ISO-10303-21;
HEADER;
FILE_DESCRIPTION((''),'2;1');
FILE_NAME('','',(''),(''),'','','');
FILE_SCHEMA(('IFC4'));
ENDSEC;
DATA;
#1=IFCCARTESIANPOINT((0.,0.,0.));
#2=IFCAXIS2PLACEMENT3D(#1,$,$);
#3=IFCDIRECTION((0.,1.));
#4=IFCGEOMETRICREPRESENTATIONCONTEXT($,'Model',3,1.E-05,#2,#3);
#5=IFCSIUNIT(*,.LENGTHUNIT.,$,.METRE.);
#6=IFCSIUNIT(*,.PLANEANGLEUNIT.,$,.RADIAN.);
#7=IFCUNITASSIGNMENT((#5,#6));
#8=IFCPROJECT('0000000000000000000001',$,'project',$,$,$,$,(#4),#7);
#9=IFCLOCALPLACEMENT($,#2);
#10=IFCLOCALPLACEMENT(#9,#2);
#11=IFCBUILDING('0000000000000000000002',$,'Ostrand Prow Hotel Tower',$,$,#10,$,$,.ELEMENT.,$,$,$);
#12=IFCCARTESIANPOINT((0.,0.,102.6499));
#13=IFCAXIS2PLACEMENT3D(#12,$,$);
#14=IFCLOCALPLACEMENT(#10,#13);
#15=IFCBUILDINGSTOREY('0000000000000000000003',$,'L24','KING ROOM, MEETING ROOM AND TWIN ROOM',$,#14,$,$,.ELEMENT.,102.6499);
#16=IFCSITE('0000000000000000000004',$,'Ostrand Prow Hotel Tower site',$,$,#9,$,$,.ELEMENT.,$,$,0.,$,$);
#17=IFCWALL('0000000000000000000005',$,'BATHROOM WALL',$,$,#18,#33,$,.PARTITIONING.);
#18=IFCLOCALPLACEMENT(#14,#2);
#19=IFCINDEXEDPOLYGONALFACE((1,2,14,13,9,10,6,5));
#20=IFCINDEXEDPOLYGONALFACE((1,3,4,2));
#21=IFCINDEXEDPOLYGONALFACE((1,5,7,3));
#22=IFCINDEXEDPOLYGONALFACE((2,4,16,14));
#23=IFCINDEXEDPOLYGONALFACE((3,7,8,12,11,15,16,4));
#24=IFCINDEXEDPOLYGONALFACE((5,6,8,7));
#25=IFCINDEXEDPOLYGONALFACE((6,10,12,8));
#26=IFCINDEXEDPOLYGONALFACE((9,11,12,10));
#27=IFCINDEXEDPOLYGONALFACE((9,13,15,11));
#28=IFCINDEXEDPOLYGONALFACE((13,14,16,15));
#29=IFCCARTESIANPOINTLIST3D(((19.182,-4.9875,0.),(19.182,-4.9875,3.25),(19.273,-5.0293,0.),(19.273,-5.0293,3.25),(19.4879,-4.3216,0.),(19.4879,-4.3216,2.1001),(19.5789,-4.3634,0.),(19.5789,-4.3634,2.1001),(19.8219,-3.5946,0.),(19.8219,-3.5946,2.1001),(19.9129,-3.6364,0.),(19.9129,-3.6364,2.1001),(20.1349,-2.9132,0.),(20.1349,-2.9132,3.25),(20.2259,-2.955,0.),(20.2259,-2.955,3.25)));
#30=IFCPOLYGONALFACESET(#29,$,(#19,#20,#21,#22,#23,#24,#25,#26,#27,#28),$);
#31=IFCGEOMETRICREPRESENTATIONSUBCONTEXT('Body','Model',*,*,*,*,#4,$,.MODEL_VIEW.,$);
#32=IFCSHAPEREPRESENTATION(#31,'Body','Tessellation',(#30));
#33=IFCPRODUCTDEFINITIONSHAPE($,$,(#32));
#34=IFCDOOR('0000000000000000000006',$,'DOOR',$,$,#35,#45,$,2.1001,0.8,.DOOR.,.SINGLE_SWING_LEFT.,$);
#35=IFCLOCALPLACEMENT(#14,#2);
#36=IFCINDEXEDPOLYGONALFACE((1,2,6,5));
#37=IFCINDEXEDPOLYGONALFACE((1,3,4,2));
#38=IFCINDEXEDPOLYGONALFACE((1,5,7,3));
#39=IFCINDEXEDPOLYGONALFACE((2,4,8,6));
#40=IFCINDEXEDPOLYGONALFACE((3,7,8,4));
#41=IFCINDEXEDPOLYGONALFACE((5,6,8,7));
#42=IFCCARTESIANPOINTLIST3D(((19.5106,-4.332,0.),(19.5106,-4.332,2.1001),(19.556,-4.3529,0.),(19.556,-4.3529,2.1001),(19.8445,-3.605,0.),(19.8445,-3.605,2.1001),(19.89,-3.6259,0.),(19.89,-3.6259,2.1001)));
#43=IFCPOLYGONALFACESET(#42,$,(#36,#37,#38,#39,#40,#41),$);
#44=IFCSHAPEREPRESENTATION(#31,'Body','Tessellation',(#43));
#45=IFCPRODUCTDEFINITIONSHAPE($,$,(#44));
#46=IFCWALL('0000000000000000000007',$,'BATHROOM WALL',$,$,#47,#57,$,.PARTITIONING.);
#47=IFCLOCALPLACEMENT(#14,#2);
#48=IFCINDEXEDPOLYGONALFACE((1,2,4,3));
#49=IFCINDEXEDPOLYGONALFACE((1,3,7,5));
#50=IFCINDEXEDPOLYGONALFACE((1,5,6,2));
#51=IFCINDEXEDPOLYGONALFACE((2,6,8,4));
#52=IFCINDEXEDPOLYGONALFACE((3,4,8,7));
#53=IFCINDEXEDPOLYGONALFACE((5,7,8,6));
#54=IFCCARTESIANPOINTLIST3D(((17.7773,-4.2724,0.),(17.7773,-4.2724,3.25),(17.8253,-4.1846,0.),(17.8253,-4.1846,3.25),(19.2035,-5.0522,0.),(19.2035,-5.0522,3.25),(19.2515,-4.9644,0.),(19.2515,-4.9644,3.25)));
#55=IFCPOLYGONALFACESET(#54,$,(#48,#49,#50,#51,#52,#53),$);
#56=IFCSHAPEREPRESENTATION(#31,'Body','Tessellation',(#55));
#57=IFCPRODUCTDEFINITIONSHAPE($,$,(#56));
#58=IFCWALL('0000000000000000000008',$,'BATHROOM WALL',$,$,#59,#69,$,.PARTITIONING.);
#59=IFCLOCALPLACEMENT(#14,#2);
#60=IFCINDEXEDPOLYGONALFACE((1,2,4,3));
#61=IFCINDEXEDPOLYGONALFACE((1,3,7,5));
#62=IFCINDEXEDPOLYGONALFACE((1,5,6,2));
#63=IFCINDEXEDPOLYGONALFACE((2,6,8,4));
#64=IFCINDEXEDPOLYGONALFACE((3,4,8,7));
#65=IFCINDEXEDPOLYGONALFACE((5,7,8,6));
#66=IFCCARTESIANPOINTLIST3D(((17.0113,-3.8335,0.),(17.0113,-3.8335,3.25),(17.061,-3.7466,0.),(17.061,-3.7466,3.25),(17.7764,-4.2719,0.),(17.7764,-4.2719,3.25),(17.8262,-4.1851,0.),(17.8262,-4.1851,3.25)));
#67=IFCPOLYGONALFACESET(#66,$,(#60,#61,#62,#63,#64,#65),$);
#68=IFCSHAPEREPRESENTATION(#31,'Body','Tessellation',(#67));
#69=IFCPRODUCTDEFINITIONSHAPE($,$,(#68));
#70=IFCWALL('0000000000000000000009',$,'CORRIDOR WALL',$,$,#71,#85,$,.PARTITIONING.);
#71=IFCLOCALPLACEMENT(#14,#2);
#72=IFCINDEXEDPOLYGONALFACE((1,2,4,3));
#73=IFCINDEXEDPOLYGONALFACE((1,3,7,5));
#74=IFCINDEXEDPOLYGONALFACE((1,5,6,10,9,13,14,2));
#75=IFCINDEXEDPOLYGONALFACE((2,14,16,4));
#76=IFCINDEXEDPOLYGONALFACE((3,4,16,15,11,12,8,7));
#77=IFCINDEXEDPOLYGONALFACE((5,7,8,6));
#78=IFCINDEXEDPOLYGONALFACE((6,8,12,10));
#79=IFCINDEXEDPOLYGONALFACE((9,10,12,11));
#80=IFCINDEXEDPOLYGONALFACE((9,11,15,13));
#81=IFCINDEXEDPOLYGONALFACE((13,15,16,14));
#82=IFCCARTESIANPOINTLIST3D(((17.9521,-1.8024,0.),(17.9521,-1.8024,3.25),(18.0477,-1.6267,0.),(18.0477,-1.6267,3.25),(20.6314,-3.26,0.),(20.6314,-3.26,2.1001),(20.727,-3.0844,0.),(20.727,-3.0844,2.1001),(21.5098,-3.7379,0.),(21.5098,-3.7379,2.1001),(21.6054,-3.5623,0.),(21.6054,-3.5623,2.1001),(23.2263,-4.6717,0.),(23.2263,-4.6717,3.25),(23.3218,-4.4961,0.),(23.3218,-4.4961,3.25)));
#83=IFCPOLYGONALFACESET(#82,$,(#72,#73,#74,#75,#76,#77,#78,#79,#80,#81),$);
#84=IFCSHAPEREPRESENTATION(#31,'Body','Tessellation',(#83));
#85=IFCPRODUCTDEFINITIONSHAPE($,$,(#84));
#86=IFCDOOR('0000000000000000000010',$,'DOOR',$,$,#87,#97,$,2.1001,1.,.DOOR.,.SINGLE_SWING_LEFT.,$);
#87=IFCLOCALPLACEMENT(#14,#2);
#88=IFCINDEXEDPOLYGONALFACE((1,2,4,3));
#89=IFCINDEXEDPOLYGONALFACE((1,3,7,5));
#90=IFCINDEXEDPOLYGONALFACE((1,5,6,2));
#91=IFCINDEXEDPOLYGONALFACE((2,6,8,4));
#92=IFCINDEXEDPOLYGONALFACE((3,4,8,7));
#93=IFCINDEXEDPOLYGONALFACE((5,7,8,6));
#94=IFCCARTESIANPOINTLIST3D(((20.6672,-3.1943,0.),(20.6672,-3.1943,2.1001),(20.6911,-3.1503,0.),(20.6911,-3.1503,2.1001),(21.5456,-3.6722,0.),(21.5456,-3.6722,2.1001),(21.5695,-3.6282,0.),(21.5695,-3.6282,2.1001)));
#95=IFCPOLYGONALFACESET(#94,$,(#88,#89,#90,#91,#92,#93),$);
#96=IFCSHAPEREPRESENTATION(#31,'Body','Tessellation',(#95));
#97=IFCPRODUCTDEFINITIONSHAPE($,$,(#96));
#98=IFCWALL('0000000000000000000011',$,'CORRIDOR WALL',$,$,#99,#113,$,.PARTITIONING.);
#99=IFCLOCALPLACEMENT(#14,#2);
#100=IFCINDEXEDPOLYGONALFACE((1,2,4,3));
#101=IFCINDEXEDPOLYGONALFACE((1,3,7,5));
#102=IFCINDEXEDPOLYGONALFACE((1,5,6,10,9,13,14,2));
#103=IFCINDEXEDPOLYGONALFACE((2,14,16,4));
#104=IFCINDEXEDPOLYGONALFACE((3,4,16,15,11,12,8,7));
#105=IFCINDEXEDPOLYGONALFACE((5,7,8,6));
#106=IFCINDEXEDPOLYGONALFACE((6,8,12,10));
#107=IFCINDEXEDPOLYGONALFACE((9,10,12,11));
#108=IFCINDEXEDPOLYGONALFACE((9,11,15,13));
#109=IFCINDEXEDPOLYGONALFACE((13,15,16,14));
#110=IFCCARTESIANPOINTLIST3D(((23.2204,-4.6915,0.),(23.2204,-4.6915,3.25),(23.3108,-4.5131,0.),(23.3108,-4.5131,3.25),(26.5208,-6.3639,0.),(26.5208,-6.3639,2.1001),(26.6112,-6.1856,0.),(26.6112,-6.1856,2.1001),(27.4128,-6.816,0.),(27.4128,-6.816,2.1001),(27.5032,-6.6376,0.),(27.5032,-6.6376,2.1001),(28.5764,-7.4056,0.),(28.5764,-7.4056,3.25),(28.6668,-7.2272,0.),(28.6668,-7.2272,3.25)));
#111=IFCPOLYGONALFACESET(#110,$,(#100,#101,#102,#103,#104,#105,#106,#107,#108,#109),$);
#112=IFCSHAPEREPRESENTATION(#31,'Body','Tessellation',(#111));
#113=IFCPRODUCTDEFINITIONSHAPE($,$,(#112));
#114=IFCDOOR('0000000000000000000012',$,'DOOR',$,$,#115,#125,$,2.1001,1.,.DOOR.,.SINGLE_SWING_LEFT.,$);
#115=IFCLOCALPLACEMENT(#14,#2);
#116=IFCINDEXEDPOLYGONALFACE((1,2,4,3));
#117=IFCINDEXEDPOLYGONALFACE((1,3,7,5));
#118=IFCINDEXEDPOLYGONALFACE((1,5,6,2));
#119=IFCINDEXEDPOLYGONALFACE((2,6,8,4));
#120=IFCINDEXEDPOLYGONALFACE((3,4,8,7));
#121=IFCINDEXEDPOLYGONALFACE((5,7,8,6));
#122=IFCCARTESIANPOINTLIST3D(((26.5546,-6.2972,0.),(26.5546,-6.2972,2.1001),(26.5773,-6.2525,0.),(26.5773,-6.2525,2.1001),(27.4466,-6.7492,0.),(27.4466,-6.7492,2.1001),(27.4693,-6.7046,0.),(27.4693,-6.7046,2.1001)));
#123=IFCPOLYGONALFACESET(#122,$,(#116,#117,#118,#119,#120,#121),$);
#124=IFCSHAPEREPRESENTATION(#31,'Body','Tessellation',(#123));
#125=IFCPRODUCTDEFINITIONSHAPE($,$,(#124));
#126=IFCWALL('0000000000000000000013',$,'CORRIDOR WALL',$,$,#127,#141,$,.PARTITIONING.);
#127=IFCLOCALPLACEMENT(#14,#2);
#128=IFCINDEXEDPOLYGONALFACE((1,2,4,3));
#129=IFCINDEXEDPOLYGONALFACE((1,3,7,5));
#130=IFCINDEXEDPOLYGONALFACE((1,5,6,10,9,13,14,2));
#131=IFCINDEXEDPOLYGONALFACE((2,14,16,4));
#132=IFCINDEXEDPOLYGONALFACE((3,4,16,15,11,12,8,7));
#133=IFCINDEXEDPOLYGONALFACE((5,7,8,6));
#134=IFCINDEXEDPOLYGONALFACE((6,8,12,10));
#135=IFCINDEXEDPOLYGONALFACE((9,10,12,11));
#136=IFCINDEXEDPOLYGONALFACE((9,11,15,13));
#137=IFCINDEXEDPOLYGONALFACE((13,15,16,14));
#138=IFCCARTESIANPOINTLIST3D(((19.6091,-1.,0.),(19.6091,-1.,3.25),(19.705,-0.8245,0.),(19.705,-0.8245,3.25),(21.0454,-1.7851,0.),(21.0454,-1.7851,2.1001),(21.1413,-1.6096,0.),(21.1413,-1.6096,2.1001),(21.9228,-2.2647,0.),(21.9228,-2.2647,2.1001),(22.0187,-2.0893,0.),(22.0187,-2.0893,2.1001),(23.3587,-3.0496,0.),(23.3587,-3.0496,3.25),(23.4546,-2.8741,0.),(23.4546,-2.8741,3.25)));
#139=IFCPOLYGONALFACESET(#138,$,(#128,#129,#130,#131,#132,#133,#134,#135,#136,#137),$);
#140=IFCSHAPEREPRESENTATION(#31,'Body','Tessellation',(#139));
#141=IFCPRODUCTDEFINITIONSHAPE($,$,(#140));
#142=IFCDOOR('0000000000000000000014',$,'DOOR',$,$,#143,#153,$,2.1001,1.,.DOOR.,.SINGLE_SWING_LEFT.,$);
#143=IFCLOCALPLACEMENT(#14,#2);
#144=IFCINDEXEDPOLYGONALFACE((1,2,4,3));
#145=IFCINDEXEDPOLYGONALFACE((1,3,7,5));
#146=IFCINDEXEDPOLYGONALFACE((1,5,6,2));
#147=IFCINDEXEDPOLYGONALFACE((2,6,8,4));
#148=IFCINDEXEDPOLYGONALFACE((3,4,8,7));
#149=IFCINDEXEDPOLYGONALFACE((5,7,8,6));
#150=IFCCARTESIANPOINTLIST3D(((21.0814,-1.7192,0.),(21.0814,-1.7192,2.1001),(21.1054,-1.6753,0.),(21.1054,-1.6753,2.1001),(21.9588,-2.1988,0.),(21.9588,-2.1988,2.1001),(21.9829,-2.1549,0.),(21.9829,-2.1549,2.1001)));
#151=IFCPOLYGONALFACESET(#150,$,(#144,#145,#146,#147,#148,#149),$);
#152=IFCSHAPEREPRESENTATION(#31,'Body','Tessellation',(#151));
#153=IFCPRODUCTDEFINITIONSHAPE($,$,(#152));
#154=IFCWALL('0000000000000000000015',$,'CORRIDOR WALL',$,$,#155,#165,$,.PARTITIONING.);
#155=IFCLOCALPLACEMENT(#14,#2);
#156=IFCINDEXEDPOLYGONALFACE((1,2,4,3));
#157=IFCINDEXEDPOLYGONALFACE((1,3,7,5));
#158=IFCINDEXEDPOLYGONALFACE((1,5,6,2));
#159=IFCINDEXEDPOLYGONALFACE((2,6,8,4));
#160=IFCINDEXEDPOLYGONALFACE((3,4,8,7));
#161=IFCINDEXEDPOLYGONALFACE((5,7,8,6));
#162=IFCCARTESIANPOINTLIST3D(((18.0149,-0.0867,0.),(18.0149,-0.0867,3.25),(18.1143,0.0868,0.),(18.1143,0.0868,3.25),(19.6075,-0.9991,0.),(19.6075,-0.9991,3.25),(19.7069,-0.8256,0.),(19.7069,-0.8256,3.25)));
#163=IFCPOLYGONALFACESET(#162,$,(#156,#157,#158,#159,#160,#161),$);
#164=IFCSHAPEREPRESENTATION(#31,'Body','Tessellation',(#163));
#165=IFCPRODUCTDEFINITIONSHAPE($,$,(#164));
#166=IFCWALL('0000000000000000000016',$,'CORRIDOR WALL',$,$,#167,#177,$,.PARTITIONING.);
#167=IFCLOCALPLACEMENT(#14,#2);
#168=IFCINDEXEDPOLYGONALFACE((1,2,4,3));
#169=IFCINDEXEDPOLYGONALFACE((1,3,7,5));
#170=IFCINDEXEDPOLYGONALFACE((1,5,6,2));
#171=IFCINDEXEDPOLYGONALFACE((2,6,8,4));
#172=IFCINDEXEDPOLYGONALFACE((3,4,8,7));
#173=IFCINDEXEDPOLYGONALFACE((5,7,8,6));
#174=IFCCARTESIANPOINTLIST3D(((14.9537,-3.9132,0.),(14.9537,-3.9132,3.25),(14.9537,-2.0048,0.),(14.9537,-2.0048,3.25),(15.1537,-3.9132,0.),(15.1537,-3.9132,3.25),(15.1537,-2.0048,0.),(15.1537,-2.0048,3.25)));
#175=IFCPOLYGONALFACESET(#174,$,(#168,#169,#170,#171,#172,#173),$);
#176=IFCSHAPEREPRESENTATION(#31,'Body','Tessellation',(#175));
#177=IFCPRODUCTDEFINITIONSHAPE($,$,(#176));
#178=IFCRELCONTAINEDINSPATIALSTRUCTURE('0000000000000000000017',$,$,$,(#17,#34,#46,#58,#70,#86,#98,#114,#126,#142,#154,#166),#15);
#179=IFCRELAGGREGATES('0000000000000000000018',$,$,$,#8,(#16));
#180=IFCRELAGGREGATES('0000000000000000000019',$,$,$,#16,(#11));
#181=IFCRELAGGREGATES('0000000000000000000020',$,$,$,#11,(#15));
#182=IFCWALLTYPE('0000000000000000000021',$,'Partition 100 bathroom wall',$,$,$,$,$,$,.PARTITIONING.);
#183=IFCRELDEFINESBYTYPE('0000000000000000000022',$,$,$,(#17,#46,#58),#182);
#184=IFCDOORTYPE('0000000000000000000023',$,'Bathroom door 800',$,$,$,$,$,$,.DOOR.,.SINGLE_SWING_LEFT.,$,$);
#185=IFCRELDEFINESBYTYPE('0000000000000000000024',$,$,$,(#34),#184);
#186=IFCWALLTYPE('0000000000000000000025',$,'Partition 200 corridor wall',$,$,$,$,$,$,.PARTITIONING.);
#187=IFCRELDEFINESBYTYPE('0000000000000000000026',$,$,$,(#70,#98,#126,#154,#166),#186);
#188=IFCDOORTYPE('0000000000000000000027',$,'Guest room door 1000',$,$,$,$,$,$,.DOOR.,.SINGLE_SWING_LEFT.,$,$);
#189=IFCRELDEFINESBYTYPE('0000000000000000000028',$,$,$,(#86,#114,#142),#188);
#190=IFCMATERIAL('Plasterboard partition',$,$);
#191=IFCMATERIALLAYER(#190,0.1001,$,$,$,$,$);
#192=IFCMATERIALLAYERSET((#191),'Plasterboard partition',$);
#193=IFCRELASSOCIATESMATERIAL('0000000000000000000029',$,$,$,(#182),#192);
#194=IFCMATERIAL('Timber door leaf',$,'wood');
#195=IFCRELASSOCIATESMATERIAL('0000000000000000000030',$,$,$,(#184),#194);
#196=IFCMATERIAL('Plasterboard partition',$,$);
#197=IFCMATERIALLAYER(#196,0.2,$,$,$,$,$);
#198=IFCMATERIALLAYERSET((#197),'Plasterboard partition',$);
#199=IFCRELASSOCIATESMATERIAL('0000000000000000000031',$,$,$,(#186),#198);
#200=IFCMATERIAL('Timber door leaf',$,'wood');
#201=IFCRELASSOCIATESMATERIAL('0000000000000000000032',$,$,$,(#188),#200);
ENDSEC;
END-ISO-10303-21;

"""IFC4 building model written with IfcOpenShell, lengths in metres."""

from ifc_helpers import new_model, si_unit, direction, frame, frame_2d, origin, place, context, subcontext, project, spatial, rectangle, extrude, material, layer, layer_set, type_object, element, fill, save


model = new_model("IFC4")

# Units and contexts
model_context = context("Model", 3, precision=1e-05, world=origin(), true_north=direction((0.0, 1.0)))
body_context = subcontext(model_context, "Body", "Model", "MODEL_VIEW")
ifc_project = project(units=[si_unit("LENGTHUNIT", "METRE"), si_unit("PLANEANGLEUNIT", "RADIAN")], contexts=[model_context])

# Site, building, storey
site_placement = place(None, origin())
site = spatial("IfcSite", under=ifc_project, at=site_placement, Name="Ostrand Prow Hotel Tower site", CompositionType="ELEMENT", RefElevation=0.0)
building_placement = place(site_placement, origin())
building = spatial("IfcBuilding", under=site, at=building_placement, Name="Ostrand Prow Hotel Tower", CompositionType="ELEMENT")
storey_placement = place(building_placement, frame((0.0, 0.0, 102.6499)))
storey = spatial("IfcBuildingStorey", under=building, at=storey_placement, Name="L24", Description="KING ROOM, MEETING ROOM AND TWIN ROOM", CompositionType="ELEMENT", Elevation=102.6499)

# Wall, opening, door
ifc_material_1 = material(Name="Plasterboard partition")
ifc_layer_1 = layer(ifc_material_1, 0.1001)
ifc_layer_set_1 = layer_set([ifc_layer_1], Name="Plasterboard partition")
wall_type_1 = type_object("IfcWallType", Name="Partition 100 bathroom wall", PredefinedType="PARTITIONING", material=ifc_layer_set_1)
wall_1_placement = place(storey_placement, frame((20.1804, -2.9341, 0.0), z_axis=(0.0, 0.0, 1.0), x_axis=(-0.41745, -0.9087, 0.0)))
wall_1 = element("IfcWall", 1, at=wall_1_placement, inside=storey, type_object=wall_type_1, Name="BATHROOM WALL", PredefinedType="PARTITIONING", context=body_context, shape_type="SweptSolid", body=[
    extrude(rectangle(XDim=2.2827, YDim=0.1001, at=frame_2d((1.1414, 0.0))), origin(), (0.0, 0.0, 1.0), 3.25),
])
opening_1_placement = place(wall_1_placement, frame((0.75, 0.0, 0.0)))
opening_1 = element("IfcOpeningElement", 2, at=opening_1_placement, cuts=wall_1, PredefinedType="OPENING", context=body_context, shape_type="SweptSolid", body=[
    extrude(rectangle(XDim=0.8, YDim=2.1001, at=frame_2d((0.3999, 1.05))), frame((0.0, 0.0601, 0.0), z_axis=(0.0, -1.0, 0.0), x_axis=(1.0, 0.0, 0.0)), (0.0, 0.0, 1.0), 0.1201),
])
ifc_material_2 = material(Name="Timber door leaf", Category="wood")
door_type_1 = type_object("IfcDoorType", Name="Bathroom door 800", OperationType="SINGLE_SWING_LEFT", PredefinedType="DOOR", material=ifc_material_2)
door_1_placement = place(opening_1_placement, origin())
door_1 = element("IfcDoor", 3, at=door_1_placement, inside=storey, type_object=door_type_1, Name="DOOR", OperationType="SINGLE_SWING_LEFT", OverallHeight=2.1001, OverallWidth=0.8, PredefinedType="DOOR", context=body_context, shape_type="SweptSolid", body=[
    extrude(rectangle(XDim=0.8, YDim=2.1001, at=frame_2d((0.3999, 1.05))), frame((0.0, 0.0249, 0.0), z_axis=(0.0, -1.0, 0.0), x_axis=(1.0, 0.0, 0.0)), (0.0, 0.0, 1.0), 0.05),
])
fill(opening_1, door_1)

# Walls
wall_2_placement = place(storey_placement, frame((19.2275, -5.0083, 0.0), z_axis=(0.0, 0.0, 1.0), x_axis=(-0.877424, 0.479715, 0.0)))
element("IfcWall", 4, at=wall_2_placement, inside=storey, type_object=wall_type_1, Name="BATHROOM WALL", PredefinedType="PARTITIONING", context=body_context, shape_type="SweptSolid", body=[
    extrude(rectangle(XDim=1.6255, YDim=0.1001, at=frame_2d((0.8127, 0.0))), origin(), (0.0, 0.0, 1.0), 3.25),
])
wall_3_placement = place(storey_placement, frame((17.8013, -4.2285, 0.0), z_axis=(0.0, 0.0, 1.0), x_axis=(-0.867629, 0.497212, 0.0)))
element("IfcWall", 5, at=wall_3_placement, inside=storey, type_object=wall_type_1, Name="BATHROOM WALL", PredefinedType="PARTITIONING", context=body_context, shape_type="SweptSolid", body=[
    extrude(rectangle(XDim=0.8818, YDim=0.1001, at=frame_2d((0.4409, 0.0))), origin(), (0.0, 0.0, 1.0), 3.25),
])

# Walls, openings, doors
ifc_material_3 = material(Name="Plasterboard partition")
ifc_layer_2 = layer(ifc_material_3, 0.2)
ifc_layer_set_2 = layer_set([ifc_layer_2], Name="Plasterboard partition")
wall_type_2 = type_object("IfcWallType", Name="Partition 200 corridor wall", PredefinedType="PARTITIONING", material=ifc_layer_set_2)
wall_4_placement = place(storey_placement, frame((18.0, -1.7146, 0.0), z_axis=(0.0, 0.0, 1.0), x_axis=(0.878416, -0.477897, 0.0)))
wall_4 = element("IfcWall", 6, at=wall_4_placement, inside=storey, type_object=wall_type_2, Name="CORRIDOR WALL", PredefinedType="PARTITIONING", context=body_context, shape_type="SweptSolid", body=[
    extrude(rectangle(XDim=6.0042, YDim=0.2, at=frame_2d((3.002, 0.0))), origin(), (0.0, 0.0, 1.0), 3.25),
])
opening_2_placement = place(wall_4_placement, frame((3.05, 0.0, 0.0)))
opening_2 = element("IfcOpeningElement", 7, at=opening_2_placement, cuts=wall_4, PredefinedType="OPENING", context=body_context, shape_type="SweptSolid", body=[
    extrude(rectangle(XDim=1.0, YDim=2.1001, at=frame_2d((0.5, 1.05))), frame((0.0, 0.1099, 0.0), z_axis=(0.0, -1.0, 0.0), x_axis=(1.0, 0.0, 0.0)), (0.0, 0.0, 1.0), 0.22),
])
ifc_material_4 = material(Name="Timber door leaf", Category="wood")
door_type_2 = type_object("IfcDoorType", Name="Guest room door 1000", OperationType="SINGLE_SWING_LEFT", PredefinedType="DOOR", material=ifc_material_4)
door_2_placement = place(opening_2_placement, origin())
door_2 = element("IfcDoor", 8, at=door_2_placement, inside=storey, type_object=door_type_2, Name="DOOR", OperationType="SINGLE_SWING_LEFT", OverallHeight=2.1001, OverallWidth=1.0, PredefinedType="DOOR", context=body_context, shape_type="SweptSolid", body=[
    extrude(rectangle(XDim=1.0, YDim=2.1001, at=frame_2d((0.5, 1.05))), frame((0.0, 0.0249, 0.0), z_axis=(0.0, -1.0, 0.0), x_axis=(1.0, 0.0, 0.0)), (0.0, 0.0, 1.0), 0.05),
])
fill(opening_2, door_2)
wall_5_placement = place(storey_placement, frame((23.2656, -4.6023, 0.0), z_axis=(0.0, 0.0, 1.0), x_axis=(0.892007, -0.452021, 0.0)))
wall_5 = element("IfcWall", 9, at=wall_5_placement, inside=storey, type_object=wall_type_2, Name="CORRIDOR WALL", PredefinedType="PARTITIONING", context=body_context, shape_type="SweptSolid", body=[
    extrude(rectangle(XDim=6.0044, YDim=0.2, at=frame_2d((3.0022, 0.0))), origin(), (0.0, 0.0, 1.0), 3.25),
])
opening_3_placement = place(wall_5_placement, frame((3.7, 0.0, 0.0)))
opening_3 = element("IfcOpeningElement", 10, at=opening_3_placement, cuts=wall_5, PredefinedType="OPENING", context=body_context, shape_type="SweptSolid", body=[
    extrude(rectangle(XDim=1.0, YDim=2.1001, at=frame_2d((0.5, 1.05))), frame((0.0, 0.1099, 0.0), z_axis=(0.0, -1.0, 0.0), x_axis=(1.0, 0.0, 0.0)), (0.0, 0.0, 1.0), 0.22),
])
door_3_placement = place(opening_3_placement, origin())
door_3 = element("IfcDoor", 11, at=door_3_placement, inside=storey, type_object=door_type_2, Name="DOOR", OperationType="SINGLE_SWING_LEFT", OverallHeight=2.1001, OverallWidth=1.0, PredefinedType="DOOR", context=body_context, shape_type="SweptSolid", body=[
    extrude(rectangle(XDim=1.0, YDim=2.1001, at=frame_2d((0.5, 1.05))), frame((0.0, 0.0249, 0.0), z_axis=(0.0, -1.0, 0.0), x_axis=(1.0, 0.0, 0.0)), (0.0, 0.0, 1.0), 0.05),
])
fill(opening_3, door_3)
wall_6_placement = place(storey_placement, frame((23.4067, -2.9619, 0.0), z_axis=(0.0, 0.0, 1.0), x_axis=(-0.877465, 0.479641, 0.0)))
wall_6 = element("IfcWall", 12, at=wall_6_placement, inside=storey, type_object=wall_type_2, Name="CORRIDOR WALL", PredefinedType="PARTITIONING", context=body_context, shape_type="SweptSolid", body=[
    extrude(rectangle(XDim=4.2732, YDim=0.2, at=frame_2d((2.1367, 0.0))), origin(), (0.0, 0.0, 1.0), 3.25),
])
opening_4_placement = place(wall_6_placement, frame((1.6365, 0.0, 0.0)))
opening_4 = element("IfcOpeningElement", 13, at=opening_4_placement, cuts=wall_6, PredefinedType="OPENING", context=body_context, shape_type="SweptSolid", body=[
    extrude(rectangle(XDim=1.0, YDim=2.1001, at=frame_2d((0.5, 1.05))), frame((0.0, 0.1099, 0.0), z_axis=(0.0, -1.0, 0.0), x_axis=(1.0, 0.0, 0.0)), (0.0, 0.0, 1.0), 0.22),
])
door_4_placement = place(opening_4_placement, origin())
door_4 = element("IfcDoor", 14, at=door_4_placement, inside=storey, type_object=door_type_2, Name="DOOR", OperationType="SINGLE_SWING_LEFT", OverallHeight=2.1001, OverallWidth=1.0, PredefinedType="DOOR", context=body_context, shape_type="SweptSolid", body=[
    extrude(rectangle(XDim=1.0, YDim=2.1001, at=frame_2d((0.5, 1.05))), frame((0.0, 0.0249, 0.0), z_axis=(0.0, -1.0, 0.0), x_axis=(1.0, 0.0, 0.0)), (0.0, 0.0, 1.0), 0.05),
])
fill(opening_4, door_4)

# Walls
wall_7_placement = place(storey_placement, frame((19.6572, -0.9124, 0.0), z_axis=(0.0, 0.0, 1.0), x_axis=(-0.867694, 0.497098, 0.0)))
element("IfcWall", 15, at=wall_7_placement, inside=storey, type_object=wall_type_2, Name="CORRIDOR WALL", PredefinedType="PARTITIONING", context=body_context, shape_type="SweptSolid", body=[
    extrude(rectangle(XDim=1.8354, YDim=0.2, at=frame_2d((0.9177, 0.0))), origin(), (0.0, 0.0, 1.0), 3.25),
])
wall_8_placement = place(storey_placement, frame((15.0537, -2.0049, 0.0), z_axis=(0.0, 0.0, 1.0), x_axis=(0.0, -1.0, 0.0)))
element("IfcWall", 16, at=wall_8_placement, inside=storey, type_object=wall_type_2, Name="CORRIDOR WALL", PredefinedType="PARTITIONING", context=body_context, shape_type="SweptSolid", body=[
    extrude(rectangle(XDim=1.9084, YDim=0.2, at=frame_2d((0.9541, 0.0))), origin(), (0.0, 0.0, 1.0), 3.25),
])

save(model, "model.ifc")
